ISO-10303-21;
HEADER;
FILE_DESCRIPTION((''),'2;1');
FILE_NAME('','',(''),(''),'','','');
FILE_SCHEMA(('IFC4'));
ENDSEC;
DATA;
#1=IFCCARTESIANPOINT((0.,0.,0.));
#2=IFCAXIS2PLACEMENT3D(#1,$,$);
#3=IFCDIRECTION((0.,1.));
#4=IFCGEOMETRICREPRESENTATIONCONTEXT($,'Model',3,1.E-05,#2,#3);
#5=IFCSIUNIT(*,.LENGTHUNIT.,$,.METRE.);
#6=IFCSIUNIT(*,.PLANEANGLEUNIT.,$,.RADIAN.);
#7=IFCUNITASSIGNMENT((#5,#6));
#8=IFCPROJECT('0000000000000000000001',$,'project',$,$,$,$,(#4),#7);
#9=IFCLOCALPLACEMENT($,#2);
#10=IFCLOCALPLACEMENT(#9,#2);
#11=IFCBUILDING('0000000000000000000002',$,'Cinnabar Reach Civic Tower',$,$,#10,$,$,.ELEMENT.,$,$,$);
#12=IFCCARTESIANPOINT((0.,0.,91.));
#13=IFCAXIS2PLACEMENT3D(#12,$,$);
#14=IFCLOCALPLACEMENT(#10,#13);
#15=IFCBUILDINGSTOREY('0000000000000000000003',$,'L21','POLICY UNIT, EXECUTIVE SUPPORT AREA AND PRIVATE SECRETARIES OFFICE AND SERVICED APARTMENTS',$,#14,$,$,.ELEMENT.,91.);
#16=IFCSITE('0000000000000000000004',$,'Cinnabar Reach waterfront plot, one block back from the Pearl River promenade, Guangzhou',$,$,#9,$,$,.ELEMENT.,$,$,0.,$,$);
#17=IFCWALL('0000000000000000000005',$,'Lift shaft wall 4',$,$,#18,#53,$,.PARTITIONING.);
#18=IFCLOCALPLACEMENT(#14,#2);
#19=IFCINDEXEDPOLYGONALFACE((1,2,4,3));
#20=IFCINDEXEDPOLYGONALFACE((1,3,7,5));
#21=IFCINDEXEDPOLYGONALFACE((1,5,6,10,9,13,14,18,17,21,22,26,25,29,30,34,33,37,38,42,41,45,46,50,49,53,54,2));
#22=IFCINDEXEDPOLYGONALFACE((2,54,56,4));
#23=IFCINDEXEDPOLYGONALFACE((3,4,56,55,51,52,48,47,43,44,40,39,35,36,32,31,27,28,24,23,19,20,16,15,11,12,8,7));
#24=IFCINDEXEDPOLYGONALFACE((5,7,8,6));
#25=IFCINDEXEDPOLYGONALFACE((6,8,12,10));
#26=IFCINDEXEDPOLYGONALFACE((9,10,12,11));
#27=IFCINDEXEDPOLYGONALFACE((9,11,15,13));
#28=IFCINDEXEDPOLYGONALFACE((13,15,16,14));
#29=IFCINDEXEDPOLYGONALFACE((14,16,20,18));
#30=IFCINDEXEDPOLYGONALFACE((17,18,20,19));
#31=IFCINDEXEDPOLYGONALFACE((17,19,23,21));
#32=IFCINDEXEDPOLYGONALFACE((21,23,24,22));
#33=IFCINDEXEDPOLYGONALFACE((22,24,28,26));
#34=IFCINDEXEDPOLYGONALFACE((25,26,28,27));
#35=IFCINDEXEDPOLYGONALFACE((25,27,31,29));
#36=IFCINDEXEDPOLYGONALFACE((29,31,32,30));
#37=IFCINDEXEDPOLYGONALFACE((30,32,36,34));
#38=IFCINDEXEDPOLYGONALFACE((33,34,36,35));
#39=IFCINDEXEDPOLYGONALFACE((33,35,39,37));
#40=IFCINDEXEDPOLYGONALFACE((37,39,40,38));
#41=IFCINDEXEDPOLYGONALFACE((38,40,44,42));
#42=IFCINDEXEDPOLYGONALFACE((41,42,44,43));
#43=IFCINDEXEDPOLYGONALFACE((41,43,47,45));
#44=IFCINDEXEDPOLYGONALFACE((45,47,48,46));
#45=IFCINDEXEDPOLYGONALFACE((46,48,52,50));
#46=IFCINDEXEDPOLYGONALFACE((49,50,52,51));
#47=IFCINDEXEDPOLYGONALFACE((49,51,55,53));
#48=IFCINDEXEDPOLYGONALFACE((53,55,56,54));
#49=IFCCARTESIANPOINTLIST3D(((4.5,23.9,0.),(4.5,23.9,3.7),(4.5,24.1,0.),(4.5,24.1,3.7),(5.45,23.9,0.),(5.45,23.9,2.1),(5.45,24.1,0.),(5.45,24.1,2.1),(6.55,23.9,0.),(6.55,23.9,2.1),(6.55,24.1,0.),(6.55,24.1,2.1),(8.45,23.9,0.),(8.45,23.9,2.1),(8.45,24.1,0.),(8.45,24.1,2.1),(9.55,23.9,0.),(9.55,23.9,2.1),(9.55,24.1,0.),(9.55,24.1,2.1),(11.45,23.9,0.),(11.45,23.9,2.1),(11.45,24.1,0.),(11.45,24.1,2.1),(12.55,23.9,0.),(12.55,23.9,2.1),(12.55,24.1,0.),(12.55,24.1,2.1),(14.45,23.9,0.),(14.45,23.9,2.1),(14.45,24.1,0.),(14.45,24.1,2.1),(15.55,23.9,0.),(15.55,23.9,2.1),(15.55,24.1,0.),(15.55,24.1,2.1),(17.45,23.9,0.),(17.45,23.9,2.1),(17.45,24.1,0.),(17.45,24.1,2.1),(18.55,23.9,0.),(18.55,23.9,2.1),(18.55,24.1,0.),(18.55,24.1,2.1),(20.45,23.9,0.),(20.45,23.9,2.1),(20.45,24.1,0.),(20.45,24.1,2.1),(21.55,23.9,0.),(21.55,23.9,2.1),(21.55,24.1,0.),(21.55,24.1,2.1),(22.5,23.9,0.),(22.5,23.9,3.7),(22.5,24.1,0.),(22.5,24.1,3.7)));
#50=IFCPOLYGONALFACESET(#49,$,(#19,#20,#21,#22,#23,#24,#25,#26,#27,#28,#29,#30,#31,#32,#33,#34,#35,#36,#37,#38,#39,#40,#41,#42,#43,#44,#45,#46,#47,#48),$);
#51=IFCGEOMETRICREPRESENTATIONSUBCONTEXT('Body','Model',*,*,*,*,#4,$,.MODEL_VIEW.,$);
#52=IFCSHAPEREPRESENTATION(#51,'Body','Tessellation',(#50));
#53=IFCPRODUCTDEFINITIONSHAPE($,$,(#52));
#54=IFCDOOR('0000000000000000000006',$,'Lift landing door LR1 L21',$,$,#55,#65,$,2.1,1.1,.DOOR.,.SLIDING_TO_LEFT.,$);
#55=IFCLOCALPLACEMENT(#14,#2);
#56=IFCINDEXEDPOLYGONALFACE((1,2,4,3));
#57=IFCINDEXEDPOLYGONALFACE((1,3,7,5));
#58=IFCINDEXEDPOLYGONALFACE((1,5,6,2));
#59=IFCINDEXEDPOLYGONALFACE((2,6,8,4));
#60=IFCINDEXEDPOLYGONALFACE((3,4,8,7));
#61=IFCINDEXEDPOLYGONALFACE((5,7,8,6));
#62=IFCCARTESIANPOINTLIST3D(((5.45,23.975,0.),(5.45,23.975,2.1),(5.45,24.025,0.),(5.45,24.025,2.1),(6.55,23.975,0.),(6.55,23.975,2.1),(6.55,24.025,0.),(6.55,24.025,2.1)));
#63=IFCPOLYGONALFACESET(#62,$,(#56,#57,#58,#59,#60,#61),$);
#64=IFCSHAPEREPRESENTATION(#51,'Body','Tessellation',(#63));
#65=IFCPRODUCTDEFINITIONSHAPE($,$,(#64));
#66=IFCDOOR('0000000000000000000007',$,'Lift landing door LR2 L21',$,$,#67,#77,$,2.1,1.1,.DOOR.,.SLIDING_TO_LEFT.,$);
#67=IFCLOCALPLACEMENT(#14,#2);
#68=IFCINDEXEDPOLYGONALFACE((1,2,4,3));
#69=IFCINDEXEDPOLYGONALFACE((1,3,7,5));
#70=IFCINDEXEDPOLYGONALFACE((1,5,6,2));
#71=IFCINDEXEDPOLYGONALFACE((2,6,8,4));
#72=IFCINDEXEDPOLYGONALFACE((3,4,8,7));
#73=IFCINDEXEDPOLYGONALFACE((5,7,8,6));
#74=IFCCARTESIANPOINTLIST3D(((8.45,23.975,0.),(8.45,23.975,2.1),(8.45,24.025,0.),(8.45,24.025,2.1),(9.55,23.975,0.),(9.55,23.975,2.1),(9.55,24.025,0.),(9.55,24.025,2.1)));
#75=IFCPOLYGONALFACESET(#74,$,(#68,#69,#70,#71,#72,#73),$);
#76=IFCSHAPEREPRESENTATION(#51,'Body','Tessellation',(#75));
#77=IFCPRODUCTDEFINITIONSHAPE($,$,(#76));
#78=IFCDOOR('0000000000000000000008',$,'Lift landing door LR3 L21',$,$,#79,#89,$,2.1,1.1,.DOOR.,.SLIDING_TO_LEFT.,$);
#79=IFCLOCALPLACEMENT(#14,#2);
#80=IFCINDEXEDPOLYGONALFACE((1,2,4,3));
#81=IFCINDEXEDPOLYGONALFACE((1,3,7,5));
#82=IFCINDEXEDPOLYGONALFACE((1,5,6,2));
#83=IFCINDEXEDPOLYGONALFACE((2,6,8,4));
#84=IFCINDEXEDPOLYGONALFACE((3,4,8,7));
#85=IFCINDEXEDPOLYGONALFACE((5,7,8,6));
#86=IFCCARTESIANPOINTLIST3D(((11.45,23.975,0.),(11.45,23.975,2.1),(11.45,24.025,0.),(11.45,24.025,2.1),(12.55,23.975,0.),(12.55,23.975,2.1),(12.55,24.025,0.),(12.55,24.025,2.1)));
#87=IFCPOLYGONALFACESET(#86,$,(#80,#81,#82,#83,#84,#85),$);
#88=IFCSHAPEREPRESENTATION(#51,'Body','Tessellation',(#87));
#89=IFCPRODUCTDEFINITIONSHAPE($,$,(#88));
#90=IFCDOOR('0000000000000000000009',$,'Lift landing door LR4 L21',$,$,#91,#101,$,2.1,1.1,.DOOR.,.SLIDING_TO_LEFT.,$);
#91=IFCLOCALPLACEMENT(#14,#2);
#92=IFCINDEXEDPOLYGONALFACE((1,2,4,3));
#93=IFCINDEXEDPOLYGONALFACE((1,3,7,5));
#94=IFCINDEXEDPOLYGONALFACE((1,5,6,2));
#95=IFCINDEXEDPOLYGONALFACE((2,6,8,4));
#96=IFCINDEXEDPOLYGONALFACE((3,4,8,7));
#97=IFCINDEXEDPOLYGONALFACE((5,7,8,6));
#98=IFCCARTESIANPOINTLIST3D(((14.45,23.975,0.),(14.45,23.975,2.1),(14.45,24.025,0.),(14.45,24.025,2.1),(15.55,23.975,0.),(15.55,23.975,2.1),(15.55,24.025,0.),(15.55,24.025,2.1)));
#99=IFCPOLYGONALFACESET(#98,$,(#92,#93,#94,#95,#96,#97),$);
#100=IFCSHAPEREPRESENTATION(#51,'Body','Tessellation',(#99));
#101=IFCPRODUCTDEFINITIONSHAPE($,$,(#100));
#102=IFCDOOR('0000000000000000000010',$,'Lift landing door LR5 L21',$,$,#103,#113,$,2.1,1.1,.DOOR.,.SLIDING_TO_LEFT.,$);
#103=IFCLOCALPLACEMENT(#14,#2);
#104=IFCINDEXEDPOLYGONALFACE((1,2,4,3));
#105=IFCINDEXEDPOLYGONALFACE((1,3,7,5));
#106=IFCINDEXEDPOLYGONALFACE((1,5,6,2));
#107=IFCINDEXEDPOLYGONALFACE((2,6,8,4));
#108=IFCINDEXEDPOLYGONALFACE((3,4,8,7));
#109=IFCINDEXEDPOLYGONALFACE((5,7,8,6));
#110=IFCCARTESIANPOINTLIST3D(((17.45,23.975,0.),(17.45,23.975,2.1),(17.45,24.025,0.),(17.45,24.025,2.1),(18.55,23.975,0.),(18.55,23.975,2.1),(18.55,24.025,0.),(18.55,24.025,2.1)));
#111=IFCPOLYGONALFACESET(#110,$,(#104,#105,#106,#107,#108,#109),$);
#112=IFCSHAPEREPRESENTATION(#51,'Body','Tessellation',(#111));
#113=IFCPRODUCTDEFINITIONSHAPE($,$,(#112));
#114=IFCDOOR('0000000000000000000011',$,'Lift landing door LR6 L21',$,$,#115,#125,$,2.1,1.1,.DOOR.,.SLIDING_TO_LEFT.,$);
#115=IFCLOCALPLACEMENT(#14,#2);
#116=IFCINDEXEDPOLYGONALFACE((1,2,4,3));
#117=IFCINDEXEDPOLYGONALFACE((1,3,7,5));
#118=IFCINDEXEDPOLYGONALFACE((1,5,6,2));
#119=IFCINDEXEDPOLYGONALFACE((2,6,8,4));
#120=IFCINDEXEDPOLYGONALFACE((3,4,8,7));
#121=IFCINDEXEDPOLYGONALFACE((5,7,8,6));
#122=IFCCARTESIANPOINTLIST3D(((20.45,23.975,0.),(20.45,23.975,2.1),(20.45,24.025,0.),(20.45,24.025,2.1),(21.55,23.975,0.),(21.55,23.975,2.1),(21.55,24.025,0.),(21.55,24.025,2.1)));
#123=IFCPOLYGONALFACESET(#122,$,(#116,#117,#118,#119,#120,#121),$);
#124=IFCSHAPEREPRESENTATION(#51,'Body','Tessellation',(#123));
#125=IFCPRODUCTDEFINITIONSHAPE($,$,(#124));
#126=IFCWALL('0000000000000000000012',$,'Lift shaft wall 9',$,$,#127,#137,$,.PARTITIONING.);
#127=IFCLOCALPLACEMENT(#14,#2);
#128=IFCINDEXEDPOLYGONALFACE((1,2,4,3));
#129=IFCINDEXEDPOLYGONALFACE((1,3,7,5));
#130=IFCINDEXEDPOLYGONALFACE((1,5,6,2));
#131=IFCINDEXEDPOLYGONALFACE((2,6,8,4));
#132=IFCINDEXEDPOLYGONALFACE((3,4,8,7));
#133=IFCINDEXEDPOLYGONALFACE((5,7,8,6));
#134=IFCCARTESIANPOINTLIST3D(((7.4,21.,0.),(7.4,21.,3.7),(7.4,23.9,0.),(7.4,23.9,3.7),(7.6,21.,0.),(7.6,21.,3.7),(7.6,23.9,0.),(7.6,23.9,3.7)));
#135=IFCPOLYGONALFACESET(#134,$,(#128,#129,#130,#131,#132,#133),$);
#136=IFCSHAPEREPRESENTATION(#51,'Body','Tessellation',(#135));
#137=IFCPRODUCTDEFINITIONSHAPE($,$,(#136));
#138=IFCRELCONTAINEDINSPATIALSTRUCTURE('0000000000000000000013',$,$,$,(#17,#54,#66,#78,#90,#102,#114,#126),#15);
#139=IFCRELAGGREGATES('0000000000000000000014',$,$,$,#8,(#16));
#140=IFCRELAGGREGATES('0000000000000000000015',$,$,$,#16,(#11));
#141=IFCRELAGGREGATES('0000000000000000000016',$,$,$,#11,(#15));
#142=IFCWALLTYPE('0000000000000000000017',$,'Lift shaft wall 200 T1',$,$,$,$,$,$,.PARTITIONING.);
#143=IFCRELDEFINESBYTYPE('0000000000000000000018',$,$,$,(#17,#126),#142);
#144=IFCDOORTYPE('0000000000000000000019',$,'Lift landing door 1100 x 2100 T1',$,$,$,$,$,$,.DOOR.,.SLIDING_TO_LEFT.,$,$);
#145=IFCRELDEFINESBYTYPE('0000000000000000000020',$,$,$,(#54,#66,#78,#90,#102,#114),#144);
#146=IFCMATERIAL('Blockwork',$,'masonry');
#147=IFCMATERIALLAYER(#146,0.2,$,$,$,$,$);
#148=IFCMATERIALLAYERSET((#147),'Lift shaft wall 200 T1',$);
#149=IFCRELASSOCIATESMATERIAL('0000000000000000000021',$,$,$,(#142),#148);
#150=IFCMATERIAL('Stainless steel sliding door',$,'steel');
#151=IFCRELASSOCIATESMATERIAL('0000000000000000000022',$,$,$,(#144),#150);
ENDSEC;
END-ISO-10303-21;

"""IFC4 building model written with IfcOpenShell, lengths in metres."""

from ifc_helpers import new_model, si_unit, direction, frame, frame_2d, origin, place, context, subcontext, project, spatial, rectangle, extrude, material, layer, layer_set, type_object, element, fill, save


model = new_model("IFC4")

# Units and contexts
model_context = context("Model", 3, precision=1e-05, world=origin(), true_north=direction((0.0, 1.0)))
body_context = subcontext(model_context, "Body", "Model", "MODEL_VIEW")
ifc_project = project(units=[si_unit("LENGTHUNIT", "METRE"), si_unit("PLANEANGLEUNIT", "RADIAN")], contexts=[model_context])

# Site, building, storey
site_placement = place(None, origin())
site = spatial("IfcSite", under=ifc_project, at=site_placement, Name="Cinnabar Reach waterfront plot, one block back from the Pearl River promenade, Guangzhou", CompositionType="ELEMENT", RefElevation=0.0)
building_placement = place(site_placement, origin())
building = spatial("IfcBuilding", under=site, at=building_placement, Name="Cinnabar Reach Civic Tower", CompositionType="ELEMENT")
storey_placement = place(building_placement, frame((0.0, 0.0, 91.0)))
storey = spatial("IfcBuildingStorey", under=building, at=storey_placement, Name="L21", Description="POLICY UNIT, EXECUTIVE SUPPORT AREA AND PRIVATE SECRETARIES OFFICE AND SERVICED APARTMENTS", CompositionType="ELEMENT", Elevation=91.0)

# Wall, openings, doors
ifc_material_1 = material(Name="Blockwork", Category="masonry")
ifc_layer_1 = layer(ifc_material_1, 0.2)
ifc_layer_set_1 = layer_set([ifc_layer_1], Name="Lift shaft wall 200 T1")
wall_type_1 = type_object("IfcWallType", Name="Lift shaft wall 200 T1", PredefinedType="PARTITIONING", material=ifc_layer_set_1)
wall_1_placement = place(storey_placement, frame((4.5, 24.0, 0.0), z_axis=(0.0, 0.0, 1.0), x_axis=(1.0, 0.0, 0.0)))
wall_1 = element("IfcWall", 1, at=wall_1_placement, inside=storey, type_object=wall_type_1, Name="Lift shaft wall 4", PredefinedType="PARTITIONING", context=body_context, shape_type="SweptSolid", body=[
    extrude(rectangle(XDim=18.0, YDim=0.2, at=frame_2d((9.0, 0.0))), origin(), (0.0, 0.0, 1.0), 3.7),
])
opening_1_placement = place(wall_1_placement, frame((0.95, 0.0, 0.0)))
opening_1 = element("IfcOpeningElement", 2, at=opening_1_placement, cuts=wall_1, PredefinedType="OPENING", context=body_context, shape_type="SweptSolid", body=[
    extrude(rectangle(XDim=1.1, YDim=2.1, at=frame_2d((0.55, 1.05))), frame((0.0, 0.11, 0.0), z_axis=(0.0, -1.0, 0.0), x_axis=(1.0, 0.0, 0.0)), (0.0, 0.0, 1.0), 0.22),
])
opening_2_placement = place(wall_1_placement, frame((3.95, 0.0, 0.0)))
opening_2 = element("IfcOpeningElement", 3, at=opening_2_placement, cuts=wall_1, PredefinedType="OPENING", context=body_context, shape_type="SweptSolid", body=[
    extrude(rectangle(XDim=1.1, YDim=2.1, at=frame_2d((0.55, 1.05))), frame((0.0, 0.11, 0.0), z_axis=(0.0, -1.0, 0.0), x_axis=(1.0, 0.0, 0.0)), (0.0, 0.0, 1.0), 0.22),
])
opening_3_placement = place(wall_1_placement, frame((6.95, 0.0, 0.0)))
opening_3 = element("IfcOpeningElement", 4, at=opening_3_placement, cuts=wall_1, PredefinedType="OPENING", context=body_context, shape_type="SweptSolid", body=[
    extrude(rectangle(XDim=1.1, YDim=2.1, at=frame_2d((0.55, 1.05))), frame((0.0, 0.11, 0.0), z_axis=(0.0, -1.0, 0.0), x_axis=(1.0, 0.0, 0.0)), (0.0, 0.0, 1.0), 0.22),
])
opening_4_placement = place(wall_1_placement, frame((9.95, 0.0, 0.0)))
opening_4 = element("IfcOpeningElement", 5, at=opening_4_placement, cuts=wall_1, PredefinedType="OPENING", context=body_context, shape_type="SweptSolid", body=[
    extrude(rectangle(XDim=1.1, YDim=2.1, at=frame_2d((0.55, 1.05))), frame((0.0, 0.11, 0.0), z_axis=(0.0, -1.0, 0.0), x_axis=(1.0, 0.0, 0.0)), (0.0, 0.0, 1.0), 0.22),
])
opening_5_placement = place(wall_1_placement, frame((12.95, 0.0, 0.0)))
opening_5 = element("IfcOpeningElement", 6, at=opening_5_placement, cuts=wall_1, PredefinedType="OPENING", context=body_context, shape_type="SweptSolid", body=[
    extrude(rectangle(XDim=1.1, YDim=2.1, at=frame_2d((0.55, 1.05))), frame((0.0, 0.11, 0.0), z_axis=(0.0, -1.0, 0.0), x_axis=(1.0, 0.0, 0.0)), (0.0, 0.0, 1.0), 0.22),
])
opening_6_placement = place(wall_1_placement, frame((15.95, 0.0, 0.0)))
opening_6 = element("IfcOpeningElement", 7, at=opening_6_placement, cuts=wall_1, PredefinedType="OPENING", context=body_context, shape_type="SweptSolid", body=[
    extrude(rectangle(XDim=1.1, YDim=2.1, at=frame_2d((0.55, 1.05))), frame((0.0, 0.11, 0.0), z_axis=(0.0, -1.0, 0.0), x_axis=(1.0, 0.0, 0.0)), (0.0, 0.0, 1.0), 0.22),
])
ifc_material_2 = material(Name="Stainless steel sliding door", Category="steel")
door_type = type_object("IfcDoorType", Name="Lift landing door 1100 x 2100 T1", OperationType="SLIDING_TO_LEFT", PredefinedType="DOOR", material=ifc_material_2)
door_1_placement = place(opening_1_placement, origin())
door_1 = element("IfcDoor", 8, at=door_1_placement, inside=storey, type_object=door_type, Name="Lift landing door LR1 L21", OperationType="SLIDING_TO_LEFT", OverallHeight=2.1, OverallWidth=1.1, PredefinedType="DOOR", context=body_context, shape_type="SweptSolid", body=[
    extrude(rectangle(XDim=1.1, YDim=2.1, at=frame_2d((0.55, 1.05))), frame((0.0, 0.025, 0.0), z_axis=(0.0, -1.0, 0.0), x_axis=(1.0, 0.0, 0.0)), (0.0, 0.0, 1.0), 0.05),
])
fill(opening_1, door_1)
door_2_placement = place(opening_2_placement, origin())
door_2 = element("IfcDoor", 9, at=door_2_placement, inside=storey, type_object=door_type, Name="Lift landing door LR2 L21", OperationType="SLIDING_TO_LEFT", OverallHeight=2.1, OverallWidth=1.1, PredefinedType="DOOR", context=body_context, shape_type="SweptSolid", body=[
    extrude(rectangle(XDim=1.1, YDim=2.1, at=frame_2d((0.55, 1.05))), frame((0.0, 0.025, 0.0), z_axis=(0.0, -1.0, 0.0), x_axis=(1.0, 0.0, 0.0)), (0.0, 0.0, 1.0), 0.05),
])
fill(opening_2, door_2)
door_3_placement = place(opening_3_placement, origin())
door_3 = element("IfcDoor", 10, at=door_3_placement, inside=storey, type_object=door_type, Name="Lift landing door LR3 L21", OperationType="SLIDING_TO_LEFT", OverallHeight=2.1, OverallWidth=1.1, PredefinedType="DOOR", context=body_context, shape_type="SweptSolid", body=[
    extrude(rectangle(XDim=1.1, YDim=2.1, at=frame_2d((0.55, 1.05))), frame((0.0, 0.025, 0.0), z_axis=(0.0, -1.0, 0.0), x_axis=(1.0, 0.0, 0.0)), (0.0, 0.0, 1.0), 0.05),
])
fill(opening_3, door_3)
door_4_placement = place(opening_4_placement, origin())
door_4 = element("IfcDoor", 11, at=door_4_placement, inside=storey, type_object=door_type, Name="Lift landing door LR4 L21", OperationType="SLIDING_TO_LEFT", OverallHeight=2.1, OverallWidth=1.1, PredefinedType="DOOR", context=body_context, shape_type="SweptSolid", body=[
    extrude(rectangle(XDim=1.1, YDim=2.1, at=frame_2d((0.55, 1.05))), frame((0.0, 0.025, 0.0), z_axis=(0.0, -1.0, 0.0), x_axis=(1.0, 0.0, 0.0)), (0.0, 0.0, 1.0), 0.05),
])
fill(opening_4, door_4)
door_5_placement = place(opening_5_placement, origin())
door_5 = element("IfcDoor", 12, at=door_5_placement, inside=storey, type_object=door_type, Name="Lift landing door LR5 L21", OperationType="SLIDING_TO_LEFT", OverallHeight=2.1, OverallWidth=1.1, PredefinedType="DOOR", context=body_context, shape_type="SweptSolid", body=[
    extrude(rectangle(XDim=1.1, YDim=2.1, at=frame_2d((0.55, 1.05))), frame((0.0, 0.025, 0.0), z_axis=(0.0, -1.0, 0.0), x_axis=(1.0, 0.0, 0.0)), (0.0, 0.0, 1.0), 0.05),
])
fill(opening_5, door_5)
door_6_placement = place(opening_6_placement, origin())
door_6 = element("IfcDoor", 13, at=door_6_placement, inside=storey, type_object=door_type, Name="Lift landing door LR6 L21", OperationType="SLIDING_TO_LEFT", OverallHeight=2.1, OverallWidth=1.1, PredefinedType="DOOR", context=body_context, shape_type="SweptSolid", body=[
    extrude(rectangle(XDim=1.1, YDim=2.1, at=frame_2d((0.55, 1.05))), frame((0.0, 0.025, 0.0), z_axis=(0.0, -1.0, 0.0), x_axis=(1.0, 0.0, 0.0)), (0.0, 0.0, 1.0), 0.05),
])
fill(opening_6, door_6)

# Wall
wall_2_placement = place(storey_placement, frame((7.5, 21.0, 0.0), z_axis=(0.0, 0.0, 1.0), x_axis=(0.0, 1.0, 0.0)))
element("IfcWall", 14, at=wall_2_placement, inside=storey, type_object=wall_type_1, Name="Lift shaft wall 9", PredefinedType="PARTITIONING", context=body_context, shape_type="SweptSolid", body=[
    extrude(rectangle(XDim=2.9, YDim=0.2, at=frame_2d((1.45, 0.0))), origin(), (0.0, 0.0, 1.0), 3.7),
])

save(model, "model.ifc")
